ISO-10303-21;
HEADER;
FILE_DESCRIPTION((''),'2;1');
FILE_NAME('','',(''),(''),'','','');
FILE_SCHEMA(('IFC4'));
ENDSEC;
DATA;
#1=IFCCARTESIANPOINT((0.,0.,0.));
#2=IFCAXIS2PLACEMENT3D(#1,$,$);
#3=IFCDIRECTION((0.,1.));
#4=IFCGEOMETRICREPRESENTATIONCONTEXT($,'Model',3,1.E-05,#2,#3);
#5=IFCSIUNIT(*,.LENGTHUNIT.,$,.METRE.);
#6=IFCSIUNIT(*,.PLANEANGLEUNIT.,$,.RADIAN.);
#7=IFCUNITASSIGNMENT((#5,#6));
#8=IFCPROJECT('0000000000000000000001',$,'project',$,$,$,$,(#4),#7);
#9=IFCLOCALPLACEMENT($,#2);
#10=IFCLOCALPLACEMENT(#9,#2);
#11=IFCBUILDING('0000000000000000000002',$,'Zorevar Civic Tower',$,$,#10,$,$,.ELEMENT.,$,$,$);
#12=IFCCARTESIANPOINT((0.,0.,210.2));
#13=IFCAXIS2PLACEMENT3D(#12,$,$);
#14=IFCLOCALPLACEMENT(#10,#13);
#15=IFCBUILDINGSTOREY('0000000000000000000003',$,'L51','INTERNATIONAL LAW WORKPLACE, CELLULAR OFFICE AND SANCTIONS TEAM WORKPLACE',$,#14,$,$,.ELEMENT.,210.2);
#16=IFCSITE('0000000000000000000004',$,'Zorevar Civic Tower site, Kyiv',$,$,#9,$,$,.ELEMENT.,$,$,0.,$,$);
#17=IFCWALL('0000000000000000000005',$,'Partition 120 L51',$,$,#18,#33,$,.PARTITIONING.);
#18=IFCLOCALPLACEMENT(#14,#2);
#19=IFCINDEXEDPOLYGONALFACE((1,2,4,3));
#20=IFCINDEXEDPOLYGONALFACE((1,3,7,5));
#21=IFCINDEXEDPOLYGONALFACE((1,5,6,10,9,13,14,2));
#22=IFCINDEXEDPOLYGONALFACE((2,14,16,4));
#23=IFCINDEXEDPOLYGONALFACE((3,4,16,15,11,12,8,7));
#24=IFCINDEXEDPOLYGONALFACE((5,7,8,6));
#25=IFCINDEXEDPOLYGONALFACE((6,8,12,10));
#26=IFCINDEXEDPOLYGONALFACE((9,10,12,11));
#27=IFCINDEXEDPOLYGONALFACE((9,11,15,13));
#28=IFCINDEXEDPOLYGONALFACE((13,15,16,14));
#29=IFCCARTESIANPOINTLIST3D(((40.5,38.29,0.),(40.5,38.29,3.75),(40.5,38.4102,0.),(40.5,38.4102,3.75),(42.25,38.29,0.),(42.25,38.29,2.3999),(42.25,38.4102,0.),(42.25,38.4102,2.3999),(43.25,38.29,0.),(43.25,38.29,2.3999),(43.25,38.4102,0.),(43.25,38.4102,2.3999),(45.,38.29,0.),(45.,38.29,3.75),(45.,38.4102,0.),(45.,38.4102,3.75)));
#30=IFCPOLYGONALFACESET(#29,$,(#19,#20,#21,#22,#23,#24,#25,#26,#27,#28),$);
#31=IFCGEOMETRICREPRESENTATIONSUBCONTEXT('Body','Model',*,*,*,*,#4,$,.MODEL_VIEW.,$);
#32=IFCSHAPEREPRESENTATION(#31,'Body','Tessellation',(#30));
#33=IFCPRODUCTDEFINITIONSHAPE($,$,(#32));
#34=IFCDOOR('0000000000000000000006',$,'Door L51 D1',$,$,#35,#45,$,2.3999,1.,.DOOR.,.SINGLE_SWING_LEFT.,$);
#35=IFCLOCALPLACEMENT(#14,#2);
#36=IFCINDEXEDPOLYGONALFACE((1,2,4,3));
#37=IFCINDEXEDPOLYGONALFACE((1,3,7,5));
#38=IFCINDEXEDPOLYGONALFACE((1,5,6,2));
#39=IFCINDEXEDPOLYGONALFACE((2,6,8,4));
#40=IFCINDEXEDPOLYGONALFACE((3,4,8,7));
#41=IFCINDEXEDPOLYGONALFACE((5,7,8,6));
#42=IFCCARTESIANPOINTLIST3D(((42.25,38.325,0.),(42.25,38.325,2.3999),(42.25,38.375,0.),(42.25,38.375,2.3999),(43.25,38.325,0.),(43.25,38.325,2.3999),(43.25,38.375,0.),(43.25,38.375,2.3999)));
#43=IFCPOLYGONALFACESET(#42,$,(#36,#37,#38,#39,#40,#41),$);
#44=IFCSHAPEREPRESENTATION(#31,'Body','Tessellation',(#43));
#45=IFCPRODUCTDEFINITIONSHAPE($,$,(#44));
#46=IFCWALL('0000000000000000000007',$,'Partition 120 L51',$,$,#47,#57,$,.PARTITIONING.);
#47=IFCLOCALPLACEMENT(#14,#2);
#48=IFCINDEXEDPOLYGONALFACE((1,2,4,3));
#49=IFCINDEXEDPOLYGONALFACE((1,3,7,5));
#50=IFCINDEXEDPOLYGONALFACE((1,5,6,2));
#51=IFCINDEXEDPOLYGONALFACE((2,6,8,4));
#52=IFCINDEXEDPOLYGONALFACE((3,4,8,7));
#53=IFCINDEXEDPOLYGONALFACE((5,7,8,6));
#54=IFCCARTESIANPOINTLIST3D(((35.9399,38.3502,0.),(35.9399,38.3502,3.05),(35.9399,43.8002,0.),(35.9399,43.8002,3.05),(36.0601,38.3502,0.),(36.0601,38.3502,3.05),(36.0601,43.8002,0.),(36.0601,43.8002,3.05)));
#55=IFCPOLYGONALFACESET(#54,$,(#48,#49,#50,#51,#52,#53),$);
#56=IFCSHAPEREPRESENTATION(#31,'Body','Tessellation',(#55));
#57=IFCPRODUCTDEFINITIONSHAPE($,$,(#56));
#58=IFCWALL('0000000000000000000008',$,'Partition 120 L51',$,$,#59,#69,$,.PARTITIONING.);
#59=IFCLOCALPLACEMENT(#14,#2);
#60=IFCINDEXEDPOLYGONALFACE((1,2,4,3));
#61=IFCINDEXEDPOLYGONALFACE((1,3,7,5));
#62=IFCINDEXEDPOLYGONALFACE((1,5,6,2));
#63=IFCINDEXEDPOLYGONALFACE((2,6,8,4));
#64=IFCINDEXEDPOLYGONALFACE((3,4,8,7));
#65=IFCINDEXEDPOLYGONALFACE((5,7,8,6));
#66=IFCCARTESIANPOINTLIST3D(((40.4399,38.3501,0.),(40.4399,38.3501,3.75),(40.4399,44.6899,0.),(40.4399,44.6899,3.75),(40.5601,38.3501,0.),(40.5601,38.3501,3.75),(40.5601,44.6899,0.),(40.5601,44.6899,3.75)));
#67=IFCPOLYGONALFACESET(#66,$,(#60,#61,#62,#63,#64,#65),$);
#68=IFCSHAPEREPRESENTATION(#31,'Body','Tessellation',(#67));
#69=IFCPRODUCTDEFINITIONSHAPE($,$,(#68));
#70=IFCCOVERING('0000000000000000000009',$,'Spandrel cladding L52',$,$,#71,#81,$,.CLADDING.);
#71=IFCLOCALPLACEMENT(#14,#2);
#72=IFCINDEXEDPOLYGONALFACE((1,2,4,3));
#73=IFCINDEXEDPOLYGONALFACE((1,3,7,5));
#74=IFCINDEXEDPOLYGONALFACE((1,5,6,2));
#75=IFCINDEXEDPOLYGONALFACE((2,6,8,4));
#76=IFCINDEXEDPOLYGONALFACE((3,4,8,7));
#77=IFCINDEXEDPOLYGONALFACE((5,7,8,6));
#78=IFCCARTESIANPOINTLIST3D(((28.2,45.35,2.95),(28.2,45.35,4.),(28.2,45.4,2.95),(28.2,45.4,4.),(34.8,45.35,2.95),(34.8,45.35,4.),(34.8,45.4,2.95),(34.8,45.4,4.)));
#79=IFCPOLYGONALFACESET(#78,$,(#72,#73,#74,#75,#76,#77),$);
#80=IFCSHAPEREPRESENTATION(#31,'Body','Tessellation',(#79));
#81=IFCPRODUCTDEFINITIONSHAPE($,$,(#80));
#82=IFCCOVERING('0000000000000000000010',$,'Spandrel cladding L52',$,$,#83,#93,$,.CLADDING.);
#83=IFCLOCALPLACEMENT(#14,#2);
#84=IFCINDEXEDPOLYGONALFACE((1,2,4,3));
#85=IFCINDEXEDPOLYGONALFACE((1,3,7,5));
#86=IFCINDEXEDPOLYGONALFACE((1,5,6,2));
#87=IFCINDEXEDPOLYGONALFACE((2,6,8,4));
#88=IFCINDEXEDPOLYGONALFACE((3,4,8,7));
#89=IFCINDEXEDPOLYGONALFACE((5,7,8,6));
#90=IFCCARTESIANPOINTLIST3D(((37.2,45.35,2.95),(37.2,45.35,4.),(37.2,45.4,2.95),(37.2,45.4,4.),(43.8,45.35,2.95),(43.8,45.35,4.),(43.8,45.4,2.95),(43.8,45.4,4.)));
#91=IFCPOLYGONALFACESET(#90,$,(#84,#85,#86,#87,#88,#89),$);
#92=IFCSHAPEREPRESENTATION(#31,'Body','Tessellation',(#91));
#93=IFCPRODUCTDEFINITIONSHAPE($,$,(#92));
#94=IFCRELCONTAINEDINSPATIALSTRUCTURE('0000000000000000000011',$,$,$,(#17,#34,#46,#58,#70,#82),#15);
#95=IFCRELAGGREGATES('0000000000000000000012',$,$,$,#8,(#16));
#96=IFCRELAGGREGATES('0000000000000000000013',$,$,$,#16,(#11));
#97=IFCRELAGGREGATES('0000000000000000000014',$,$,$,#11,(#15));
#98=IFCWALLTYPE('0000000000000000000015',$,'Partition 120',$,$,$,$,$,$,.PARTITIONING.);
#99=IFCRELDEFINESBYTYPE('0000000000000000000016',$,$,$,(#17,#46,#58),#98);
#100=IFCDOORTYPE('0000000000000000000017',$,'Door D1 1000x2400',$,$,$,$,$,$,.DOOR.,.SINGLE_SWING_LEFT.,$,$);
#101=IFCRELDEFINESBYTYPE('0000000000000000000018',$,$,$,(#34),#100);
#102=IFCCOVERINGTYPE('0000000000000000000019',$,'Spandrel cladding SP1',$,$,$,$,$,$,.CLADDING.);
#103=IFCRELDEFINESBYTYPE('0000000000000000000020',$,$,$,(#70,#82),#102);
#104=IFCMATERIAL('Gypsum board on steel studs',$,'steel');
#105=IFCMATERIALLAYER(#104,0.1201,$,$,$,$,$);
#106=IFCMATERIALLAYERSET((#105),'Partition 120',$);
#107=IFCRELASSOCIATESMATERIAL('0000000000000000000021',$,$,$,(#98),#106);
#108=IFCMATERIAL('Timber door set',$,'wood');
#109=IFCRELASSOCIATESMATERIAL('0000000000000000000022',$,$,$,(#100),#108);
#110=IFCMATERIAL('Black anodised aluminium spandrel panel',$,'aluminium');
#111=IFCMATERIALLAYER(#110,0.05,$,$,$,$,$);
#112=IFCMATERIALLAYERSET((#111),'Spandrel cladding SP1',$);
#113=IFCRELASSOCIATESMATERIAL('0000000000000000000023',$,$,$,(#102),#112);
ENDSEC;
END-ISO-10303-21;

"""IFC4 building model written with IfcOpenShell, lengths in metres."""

from ifc_helpers import new_model, si_unit, direction, frame, frame_2d, origin, place, context, subcontext, project, spatial, rectangle, extrude, material, layer, layer_set, type_object, element, fill, save


model = new_model("IFC4")

# Units and contexts
model_context = context("Model", 3, precision=1e-05, world=origin(), true_north=direction((0.0, 1.0)))
body_context = subcontext(model_context, "Body", "Model", "MODEL_VIEW")
ifc_project = project(units=[si_unit("LENGTHUNIT", "METRE"), si_unit("PLANEANGLEUNIT", "RADIAN")], contexts=[model_context])

# Site, building, storey
site_placement = place(None, origin())
site = spatial("IfcSite", under=ifc_project, at=site_placement, Name="Zorevar Civic Tower site, Kyiv", CompositionType="ELEMENT", RefElevation=0.0)
building_placement = place(site_placement, origin())
building = spatial("IfcBuilding", under=site, at=building_placement, Name="Zorevar Civic Tower", CompositionType="ELEMENT")
storey_placement = place(building_placement, frame((0.0, 0.0, 210.2)))
storey = spatial("IfcBuildingStorey", under=building, at=storey_placement, Name="L51", Description="INTERNATIONAL LAW WORKPLACE, CELLULAR OFFICE AND SANCTIONS TEAM WORKPLACE", CompositionType="ELEMENT", Elevation=210.2)

# Wall, opening, door
ifc_material_1 = material(Name="Gypsum board on steel studs", Category="steel")
ifc_layer_1 = layer(ifc_material_1, 0.1201)
ifc_layer_set_1 = layer_set([ifc_layer_1], Name="Partition 120")
wall_type = type_object("IfcWallType", Name="Partition 120", PredefinedType="PARTITIONING", material=ifc_layer_set_1)
wall_1_placement = place(storey_placement, frame((40.5, 38.3501, 0.0), z_axis=(0.0, 0.0, 1.0), x_axis=(1.0, 0.0, 0.0)))
wall_1 = element("IfcWall", 1, at=wall_1_placement, inside=storey, type_object=wall_type, Name="Partition 120 L51", PredefinedType="PARTITIONING", context=body_context, shape_type="SweptSolid", body=[
    extrude(rectangle(XDim=4.5, YDim=0.1201, at=frame_2d((2.25, 0.0))), origin(), (0.0, 0.0, 1.0), 3.75),
])
opening_placement = place(wall_1_placement, frame((1.75, 0.0, 0.0)))
opening = element("IfcOpeningElement", 2, at=opening_placement, cuts=wall_1, PredefinedType="OPENING", context=body_context, shape_type="SweptSolid", body=[
    extrude(rectangle(XDim=1.0, YDim=2.3999, at=frame_2d((0.5, 1.2))), frame((0.0, 0.0701, 0.0), z_axis=(0.0, -1.0, 0.0), x_axis=(1.0, 0.0, 0.0)), (0.0, 0.0, 1.0), 0.1401),
])
ifc_material_2 = material(Name="Timber door set", Category="wood")
door_type = type_object("IfcDoorType", Name="Door D1 1000x2400", OperationType="SINGLE_SWING_LEFT", PredefinedType="DOOR", material=ifc_material_2)
door_placement = place(opening_placement, origin())
door = element("IfcDoor", 3, at=door_placement, inside=storey, type_object=door_type, Name="Door L51 D1", OperationType="SINGLE_SWING_LEFT", OverallHeight=2.3999, OverallWidth=1.0, PredefinedType="DOOR", context=body_context, shape_type="SweptSolid", body=[
    extrude(rectangle(XDim=1.0, YDim=2.3999, at=frame_2d((0.5, 1.2))), frame((0.0, 0.0249, 0.0), z_axis=(0.0, -1.0, 0.0), x_axis=(1.0, 0.0, 0.0)), (0.0, 0.0, 1.0), 0.05),
])
fill(opening, door)

# Walls
wall_2_placement = place(storey_placement, frame((36.0, 38.3501, 0.0), z_axis=(0.0, 0.0, 1.0), x_axis=(0.0, 1.0, 0.0)))
element("IfcWall", 4, at=wall_2_placement, inside=storey, type_object=wall_type, Name="Partition 120 L51", PredefinedType="PARTITIONING", context=body_context, shape_type="SweptSolid", body=[
    extrude(rectangle(XDim=5.45, YDim=0.1201, at=frame_2d((2.7251, 0.0))), origin(), (0.0, 0.0, 1.0), 3.05),
])
wall_3_placement = place(storey_placement, frame((40.5, 38.3501, 0.0), z_axis=(0.0, 0.0, 1.0), x_axis=(0.0, 1.0, 0.0)))
element("IfcWall", 5, at=wall_3_placement, inside=storey, type_object=wall_type, Name="Partition 120 L51", PredefinedType="PARTITIONING", context=body_context, shape_type="SweptSolid", body=[
    extrude(rectangle(XDim=6.3398, YDim=0.1201, at=frame_2d((3.1699, 0.0))), origin(), (0.0, 0.0, 1.0), 3.75),
])

# Coverings
ifc_material_3 = material(Name="Black anodised aluminium spandrel panel", Category="aluminium")
ifc_layer_2 = layer(ifc_material_3, 0.05)
ifc_layer_set_2 = layer_set([ifc_layer_2], Name="Spandrel cladding SP1")
covering_type = type_object("IfcCoveringType", Name="Spandrel cladding SP1", PredefinedType="CLADDING", material=ifc_layer_set_2)
for number, where, z_axis, x_axis, name in (
    (6, (28.2, 45.375, 2.95), (0.0, 0.0, 1.0), (1.0, 0.0, 0.0), "Spandrel cladding L52"),
    (7, (37.2, 45.375, 2.95), (0.0, 0.0, 1.0), (1.0, 0.0, 0.0), "Spandrel cladding L52"),
):
    element("IfcCovering", number, at=place(storey_placement, frame(where, z_axis=z_axis, x_axis=x_axis)), inside=storey, type_object=covering_type, Name=name, PredefinedType="CLADDING", context=body_context, shape_type="SweptSolid", body=[
        extrude(rectangle(XDim=6.6001, YDim=0.05, at=frame_2d((3.3, 0.0))), origin(), (0.0, 0.0, 1.0), 1.05),
    ])

save(model, "model.ifc")
